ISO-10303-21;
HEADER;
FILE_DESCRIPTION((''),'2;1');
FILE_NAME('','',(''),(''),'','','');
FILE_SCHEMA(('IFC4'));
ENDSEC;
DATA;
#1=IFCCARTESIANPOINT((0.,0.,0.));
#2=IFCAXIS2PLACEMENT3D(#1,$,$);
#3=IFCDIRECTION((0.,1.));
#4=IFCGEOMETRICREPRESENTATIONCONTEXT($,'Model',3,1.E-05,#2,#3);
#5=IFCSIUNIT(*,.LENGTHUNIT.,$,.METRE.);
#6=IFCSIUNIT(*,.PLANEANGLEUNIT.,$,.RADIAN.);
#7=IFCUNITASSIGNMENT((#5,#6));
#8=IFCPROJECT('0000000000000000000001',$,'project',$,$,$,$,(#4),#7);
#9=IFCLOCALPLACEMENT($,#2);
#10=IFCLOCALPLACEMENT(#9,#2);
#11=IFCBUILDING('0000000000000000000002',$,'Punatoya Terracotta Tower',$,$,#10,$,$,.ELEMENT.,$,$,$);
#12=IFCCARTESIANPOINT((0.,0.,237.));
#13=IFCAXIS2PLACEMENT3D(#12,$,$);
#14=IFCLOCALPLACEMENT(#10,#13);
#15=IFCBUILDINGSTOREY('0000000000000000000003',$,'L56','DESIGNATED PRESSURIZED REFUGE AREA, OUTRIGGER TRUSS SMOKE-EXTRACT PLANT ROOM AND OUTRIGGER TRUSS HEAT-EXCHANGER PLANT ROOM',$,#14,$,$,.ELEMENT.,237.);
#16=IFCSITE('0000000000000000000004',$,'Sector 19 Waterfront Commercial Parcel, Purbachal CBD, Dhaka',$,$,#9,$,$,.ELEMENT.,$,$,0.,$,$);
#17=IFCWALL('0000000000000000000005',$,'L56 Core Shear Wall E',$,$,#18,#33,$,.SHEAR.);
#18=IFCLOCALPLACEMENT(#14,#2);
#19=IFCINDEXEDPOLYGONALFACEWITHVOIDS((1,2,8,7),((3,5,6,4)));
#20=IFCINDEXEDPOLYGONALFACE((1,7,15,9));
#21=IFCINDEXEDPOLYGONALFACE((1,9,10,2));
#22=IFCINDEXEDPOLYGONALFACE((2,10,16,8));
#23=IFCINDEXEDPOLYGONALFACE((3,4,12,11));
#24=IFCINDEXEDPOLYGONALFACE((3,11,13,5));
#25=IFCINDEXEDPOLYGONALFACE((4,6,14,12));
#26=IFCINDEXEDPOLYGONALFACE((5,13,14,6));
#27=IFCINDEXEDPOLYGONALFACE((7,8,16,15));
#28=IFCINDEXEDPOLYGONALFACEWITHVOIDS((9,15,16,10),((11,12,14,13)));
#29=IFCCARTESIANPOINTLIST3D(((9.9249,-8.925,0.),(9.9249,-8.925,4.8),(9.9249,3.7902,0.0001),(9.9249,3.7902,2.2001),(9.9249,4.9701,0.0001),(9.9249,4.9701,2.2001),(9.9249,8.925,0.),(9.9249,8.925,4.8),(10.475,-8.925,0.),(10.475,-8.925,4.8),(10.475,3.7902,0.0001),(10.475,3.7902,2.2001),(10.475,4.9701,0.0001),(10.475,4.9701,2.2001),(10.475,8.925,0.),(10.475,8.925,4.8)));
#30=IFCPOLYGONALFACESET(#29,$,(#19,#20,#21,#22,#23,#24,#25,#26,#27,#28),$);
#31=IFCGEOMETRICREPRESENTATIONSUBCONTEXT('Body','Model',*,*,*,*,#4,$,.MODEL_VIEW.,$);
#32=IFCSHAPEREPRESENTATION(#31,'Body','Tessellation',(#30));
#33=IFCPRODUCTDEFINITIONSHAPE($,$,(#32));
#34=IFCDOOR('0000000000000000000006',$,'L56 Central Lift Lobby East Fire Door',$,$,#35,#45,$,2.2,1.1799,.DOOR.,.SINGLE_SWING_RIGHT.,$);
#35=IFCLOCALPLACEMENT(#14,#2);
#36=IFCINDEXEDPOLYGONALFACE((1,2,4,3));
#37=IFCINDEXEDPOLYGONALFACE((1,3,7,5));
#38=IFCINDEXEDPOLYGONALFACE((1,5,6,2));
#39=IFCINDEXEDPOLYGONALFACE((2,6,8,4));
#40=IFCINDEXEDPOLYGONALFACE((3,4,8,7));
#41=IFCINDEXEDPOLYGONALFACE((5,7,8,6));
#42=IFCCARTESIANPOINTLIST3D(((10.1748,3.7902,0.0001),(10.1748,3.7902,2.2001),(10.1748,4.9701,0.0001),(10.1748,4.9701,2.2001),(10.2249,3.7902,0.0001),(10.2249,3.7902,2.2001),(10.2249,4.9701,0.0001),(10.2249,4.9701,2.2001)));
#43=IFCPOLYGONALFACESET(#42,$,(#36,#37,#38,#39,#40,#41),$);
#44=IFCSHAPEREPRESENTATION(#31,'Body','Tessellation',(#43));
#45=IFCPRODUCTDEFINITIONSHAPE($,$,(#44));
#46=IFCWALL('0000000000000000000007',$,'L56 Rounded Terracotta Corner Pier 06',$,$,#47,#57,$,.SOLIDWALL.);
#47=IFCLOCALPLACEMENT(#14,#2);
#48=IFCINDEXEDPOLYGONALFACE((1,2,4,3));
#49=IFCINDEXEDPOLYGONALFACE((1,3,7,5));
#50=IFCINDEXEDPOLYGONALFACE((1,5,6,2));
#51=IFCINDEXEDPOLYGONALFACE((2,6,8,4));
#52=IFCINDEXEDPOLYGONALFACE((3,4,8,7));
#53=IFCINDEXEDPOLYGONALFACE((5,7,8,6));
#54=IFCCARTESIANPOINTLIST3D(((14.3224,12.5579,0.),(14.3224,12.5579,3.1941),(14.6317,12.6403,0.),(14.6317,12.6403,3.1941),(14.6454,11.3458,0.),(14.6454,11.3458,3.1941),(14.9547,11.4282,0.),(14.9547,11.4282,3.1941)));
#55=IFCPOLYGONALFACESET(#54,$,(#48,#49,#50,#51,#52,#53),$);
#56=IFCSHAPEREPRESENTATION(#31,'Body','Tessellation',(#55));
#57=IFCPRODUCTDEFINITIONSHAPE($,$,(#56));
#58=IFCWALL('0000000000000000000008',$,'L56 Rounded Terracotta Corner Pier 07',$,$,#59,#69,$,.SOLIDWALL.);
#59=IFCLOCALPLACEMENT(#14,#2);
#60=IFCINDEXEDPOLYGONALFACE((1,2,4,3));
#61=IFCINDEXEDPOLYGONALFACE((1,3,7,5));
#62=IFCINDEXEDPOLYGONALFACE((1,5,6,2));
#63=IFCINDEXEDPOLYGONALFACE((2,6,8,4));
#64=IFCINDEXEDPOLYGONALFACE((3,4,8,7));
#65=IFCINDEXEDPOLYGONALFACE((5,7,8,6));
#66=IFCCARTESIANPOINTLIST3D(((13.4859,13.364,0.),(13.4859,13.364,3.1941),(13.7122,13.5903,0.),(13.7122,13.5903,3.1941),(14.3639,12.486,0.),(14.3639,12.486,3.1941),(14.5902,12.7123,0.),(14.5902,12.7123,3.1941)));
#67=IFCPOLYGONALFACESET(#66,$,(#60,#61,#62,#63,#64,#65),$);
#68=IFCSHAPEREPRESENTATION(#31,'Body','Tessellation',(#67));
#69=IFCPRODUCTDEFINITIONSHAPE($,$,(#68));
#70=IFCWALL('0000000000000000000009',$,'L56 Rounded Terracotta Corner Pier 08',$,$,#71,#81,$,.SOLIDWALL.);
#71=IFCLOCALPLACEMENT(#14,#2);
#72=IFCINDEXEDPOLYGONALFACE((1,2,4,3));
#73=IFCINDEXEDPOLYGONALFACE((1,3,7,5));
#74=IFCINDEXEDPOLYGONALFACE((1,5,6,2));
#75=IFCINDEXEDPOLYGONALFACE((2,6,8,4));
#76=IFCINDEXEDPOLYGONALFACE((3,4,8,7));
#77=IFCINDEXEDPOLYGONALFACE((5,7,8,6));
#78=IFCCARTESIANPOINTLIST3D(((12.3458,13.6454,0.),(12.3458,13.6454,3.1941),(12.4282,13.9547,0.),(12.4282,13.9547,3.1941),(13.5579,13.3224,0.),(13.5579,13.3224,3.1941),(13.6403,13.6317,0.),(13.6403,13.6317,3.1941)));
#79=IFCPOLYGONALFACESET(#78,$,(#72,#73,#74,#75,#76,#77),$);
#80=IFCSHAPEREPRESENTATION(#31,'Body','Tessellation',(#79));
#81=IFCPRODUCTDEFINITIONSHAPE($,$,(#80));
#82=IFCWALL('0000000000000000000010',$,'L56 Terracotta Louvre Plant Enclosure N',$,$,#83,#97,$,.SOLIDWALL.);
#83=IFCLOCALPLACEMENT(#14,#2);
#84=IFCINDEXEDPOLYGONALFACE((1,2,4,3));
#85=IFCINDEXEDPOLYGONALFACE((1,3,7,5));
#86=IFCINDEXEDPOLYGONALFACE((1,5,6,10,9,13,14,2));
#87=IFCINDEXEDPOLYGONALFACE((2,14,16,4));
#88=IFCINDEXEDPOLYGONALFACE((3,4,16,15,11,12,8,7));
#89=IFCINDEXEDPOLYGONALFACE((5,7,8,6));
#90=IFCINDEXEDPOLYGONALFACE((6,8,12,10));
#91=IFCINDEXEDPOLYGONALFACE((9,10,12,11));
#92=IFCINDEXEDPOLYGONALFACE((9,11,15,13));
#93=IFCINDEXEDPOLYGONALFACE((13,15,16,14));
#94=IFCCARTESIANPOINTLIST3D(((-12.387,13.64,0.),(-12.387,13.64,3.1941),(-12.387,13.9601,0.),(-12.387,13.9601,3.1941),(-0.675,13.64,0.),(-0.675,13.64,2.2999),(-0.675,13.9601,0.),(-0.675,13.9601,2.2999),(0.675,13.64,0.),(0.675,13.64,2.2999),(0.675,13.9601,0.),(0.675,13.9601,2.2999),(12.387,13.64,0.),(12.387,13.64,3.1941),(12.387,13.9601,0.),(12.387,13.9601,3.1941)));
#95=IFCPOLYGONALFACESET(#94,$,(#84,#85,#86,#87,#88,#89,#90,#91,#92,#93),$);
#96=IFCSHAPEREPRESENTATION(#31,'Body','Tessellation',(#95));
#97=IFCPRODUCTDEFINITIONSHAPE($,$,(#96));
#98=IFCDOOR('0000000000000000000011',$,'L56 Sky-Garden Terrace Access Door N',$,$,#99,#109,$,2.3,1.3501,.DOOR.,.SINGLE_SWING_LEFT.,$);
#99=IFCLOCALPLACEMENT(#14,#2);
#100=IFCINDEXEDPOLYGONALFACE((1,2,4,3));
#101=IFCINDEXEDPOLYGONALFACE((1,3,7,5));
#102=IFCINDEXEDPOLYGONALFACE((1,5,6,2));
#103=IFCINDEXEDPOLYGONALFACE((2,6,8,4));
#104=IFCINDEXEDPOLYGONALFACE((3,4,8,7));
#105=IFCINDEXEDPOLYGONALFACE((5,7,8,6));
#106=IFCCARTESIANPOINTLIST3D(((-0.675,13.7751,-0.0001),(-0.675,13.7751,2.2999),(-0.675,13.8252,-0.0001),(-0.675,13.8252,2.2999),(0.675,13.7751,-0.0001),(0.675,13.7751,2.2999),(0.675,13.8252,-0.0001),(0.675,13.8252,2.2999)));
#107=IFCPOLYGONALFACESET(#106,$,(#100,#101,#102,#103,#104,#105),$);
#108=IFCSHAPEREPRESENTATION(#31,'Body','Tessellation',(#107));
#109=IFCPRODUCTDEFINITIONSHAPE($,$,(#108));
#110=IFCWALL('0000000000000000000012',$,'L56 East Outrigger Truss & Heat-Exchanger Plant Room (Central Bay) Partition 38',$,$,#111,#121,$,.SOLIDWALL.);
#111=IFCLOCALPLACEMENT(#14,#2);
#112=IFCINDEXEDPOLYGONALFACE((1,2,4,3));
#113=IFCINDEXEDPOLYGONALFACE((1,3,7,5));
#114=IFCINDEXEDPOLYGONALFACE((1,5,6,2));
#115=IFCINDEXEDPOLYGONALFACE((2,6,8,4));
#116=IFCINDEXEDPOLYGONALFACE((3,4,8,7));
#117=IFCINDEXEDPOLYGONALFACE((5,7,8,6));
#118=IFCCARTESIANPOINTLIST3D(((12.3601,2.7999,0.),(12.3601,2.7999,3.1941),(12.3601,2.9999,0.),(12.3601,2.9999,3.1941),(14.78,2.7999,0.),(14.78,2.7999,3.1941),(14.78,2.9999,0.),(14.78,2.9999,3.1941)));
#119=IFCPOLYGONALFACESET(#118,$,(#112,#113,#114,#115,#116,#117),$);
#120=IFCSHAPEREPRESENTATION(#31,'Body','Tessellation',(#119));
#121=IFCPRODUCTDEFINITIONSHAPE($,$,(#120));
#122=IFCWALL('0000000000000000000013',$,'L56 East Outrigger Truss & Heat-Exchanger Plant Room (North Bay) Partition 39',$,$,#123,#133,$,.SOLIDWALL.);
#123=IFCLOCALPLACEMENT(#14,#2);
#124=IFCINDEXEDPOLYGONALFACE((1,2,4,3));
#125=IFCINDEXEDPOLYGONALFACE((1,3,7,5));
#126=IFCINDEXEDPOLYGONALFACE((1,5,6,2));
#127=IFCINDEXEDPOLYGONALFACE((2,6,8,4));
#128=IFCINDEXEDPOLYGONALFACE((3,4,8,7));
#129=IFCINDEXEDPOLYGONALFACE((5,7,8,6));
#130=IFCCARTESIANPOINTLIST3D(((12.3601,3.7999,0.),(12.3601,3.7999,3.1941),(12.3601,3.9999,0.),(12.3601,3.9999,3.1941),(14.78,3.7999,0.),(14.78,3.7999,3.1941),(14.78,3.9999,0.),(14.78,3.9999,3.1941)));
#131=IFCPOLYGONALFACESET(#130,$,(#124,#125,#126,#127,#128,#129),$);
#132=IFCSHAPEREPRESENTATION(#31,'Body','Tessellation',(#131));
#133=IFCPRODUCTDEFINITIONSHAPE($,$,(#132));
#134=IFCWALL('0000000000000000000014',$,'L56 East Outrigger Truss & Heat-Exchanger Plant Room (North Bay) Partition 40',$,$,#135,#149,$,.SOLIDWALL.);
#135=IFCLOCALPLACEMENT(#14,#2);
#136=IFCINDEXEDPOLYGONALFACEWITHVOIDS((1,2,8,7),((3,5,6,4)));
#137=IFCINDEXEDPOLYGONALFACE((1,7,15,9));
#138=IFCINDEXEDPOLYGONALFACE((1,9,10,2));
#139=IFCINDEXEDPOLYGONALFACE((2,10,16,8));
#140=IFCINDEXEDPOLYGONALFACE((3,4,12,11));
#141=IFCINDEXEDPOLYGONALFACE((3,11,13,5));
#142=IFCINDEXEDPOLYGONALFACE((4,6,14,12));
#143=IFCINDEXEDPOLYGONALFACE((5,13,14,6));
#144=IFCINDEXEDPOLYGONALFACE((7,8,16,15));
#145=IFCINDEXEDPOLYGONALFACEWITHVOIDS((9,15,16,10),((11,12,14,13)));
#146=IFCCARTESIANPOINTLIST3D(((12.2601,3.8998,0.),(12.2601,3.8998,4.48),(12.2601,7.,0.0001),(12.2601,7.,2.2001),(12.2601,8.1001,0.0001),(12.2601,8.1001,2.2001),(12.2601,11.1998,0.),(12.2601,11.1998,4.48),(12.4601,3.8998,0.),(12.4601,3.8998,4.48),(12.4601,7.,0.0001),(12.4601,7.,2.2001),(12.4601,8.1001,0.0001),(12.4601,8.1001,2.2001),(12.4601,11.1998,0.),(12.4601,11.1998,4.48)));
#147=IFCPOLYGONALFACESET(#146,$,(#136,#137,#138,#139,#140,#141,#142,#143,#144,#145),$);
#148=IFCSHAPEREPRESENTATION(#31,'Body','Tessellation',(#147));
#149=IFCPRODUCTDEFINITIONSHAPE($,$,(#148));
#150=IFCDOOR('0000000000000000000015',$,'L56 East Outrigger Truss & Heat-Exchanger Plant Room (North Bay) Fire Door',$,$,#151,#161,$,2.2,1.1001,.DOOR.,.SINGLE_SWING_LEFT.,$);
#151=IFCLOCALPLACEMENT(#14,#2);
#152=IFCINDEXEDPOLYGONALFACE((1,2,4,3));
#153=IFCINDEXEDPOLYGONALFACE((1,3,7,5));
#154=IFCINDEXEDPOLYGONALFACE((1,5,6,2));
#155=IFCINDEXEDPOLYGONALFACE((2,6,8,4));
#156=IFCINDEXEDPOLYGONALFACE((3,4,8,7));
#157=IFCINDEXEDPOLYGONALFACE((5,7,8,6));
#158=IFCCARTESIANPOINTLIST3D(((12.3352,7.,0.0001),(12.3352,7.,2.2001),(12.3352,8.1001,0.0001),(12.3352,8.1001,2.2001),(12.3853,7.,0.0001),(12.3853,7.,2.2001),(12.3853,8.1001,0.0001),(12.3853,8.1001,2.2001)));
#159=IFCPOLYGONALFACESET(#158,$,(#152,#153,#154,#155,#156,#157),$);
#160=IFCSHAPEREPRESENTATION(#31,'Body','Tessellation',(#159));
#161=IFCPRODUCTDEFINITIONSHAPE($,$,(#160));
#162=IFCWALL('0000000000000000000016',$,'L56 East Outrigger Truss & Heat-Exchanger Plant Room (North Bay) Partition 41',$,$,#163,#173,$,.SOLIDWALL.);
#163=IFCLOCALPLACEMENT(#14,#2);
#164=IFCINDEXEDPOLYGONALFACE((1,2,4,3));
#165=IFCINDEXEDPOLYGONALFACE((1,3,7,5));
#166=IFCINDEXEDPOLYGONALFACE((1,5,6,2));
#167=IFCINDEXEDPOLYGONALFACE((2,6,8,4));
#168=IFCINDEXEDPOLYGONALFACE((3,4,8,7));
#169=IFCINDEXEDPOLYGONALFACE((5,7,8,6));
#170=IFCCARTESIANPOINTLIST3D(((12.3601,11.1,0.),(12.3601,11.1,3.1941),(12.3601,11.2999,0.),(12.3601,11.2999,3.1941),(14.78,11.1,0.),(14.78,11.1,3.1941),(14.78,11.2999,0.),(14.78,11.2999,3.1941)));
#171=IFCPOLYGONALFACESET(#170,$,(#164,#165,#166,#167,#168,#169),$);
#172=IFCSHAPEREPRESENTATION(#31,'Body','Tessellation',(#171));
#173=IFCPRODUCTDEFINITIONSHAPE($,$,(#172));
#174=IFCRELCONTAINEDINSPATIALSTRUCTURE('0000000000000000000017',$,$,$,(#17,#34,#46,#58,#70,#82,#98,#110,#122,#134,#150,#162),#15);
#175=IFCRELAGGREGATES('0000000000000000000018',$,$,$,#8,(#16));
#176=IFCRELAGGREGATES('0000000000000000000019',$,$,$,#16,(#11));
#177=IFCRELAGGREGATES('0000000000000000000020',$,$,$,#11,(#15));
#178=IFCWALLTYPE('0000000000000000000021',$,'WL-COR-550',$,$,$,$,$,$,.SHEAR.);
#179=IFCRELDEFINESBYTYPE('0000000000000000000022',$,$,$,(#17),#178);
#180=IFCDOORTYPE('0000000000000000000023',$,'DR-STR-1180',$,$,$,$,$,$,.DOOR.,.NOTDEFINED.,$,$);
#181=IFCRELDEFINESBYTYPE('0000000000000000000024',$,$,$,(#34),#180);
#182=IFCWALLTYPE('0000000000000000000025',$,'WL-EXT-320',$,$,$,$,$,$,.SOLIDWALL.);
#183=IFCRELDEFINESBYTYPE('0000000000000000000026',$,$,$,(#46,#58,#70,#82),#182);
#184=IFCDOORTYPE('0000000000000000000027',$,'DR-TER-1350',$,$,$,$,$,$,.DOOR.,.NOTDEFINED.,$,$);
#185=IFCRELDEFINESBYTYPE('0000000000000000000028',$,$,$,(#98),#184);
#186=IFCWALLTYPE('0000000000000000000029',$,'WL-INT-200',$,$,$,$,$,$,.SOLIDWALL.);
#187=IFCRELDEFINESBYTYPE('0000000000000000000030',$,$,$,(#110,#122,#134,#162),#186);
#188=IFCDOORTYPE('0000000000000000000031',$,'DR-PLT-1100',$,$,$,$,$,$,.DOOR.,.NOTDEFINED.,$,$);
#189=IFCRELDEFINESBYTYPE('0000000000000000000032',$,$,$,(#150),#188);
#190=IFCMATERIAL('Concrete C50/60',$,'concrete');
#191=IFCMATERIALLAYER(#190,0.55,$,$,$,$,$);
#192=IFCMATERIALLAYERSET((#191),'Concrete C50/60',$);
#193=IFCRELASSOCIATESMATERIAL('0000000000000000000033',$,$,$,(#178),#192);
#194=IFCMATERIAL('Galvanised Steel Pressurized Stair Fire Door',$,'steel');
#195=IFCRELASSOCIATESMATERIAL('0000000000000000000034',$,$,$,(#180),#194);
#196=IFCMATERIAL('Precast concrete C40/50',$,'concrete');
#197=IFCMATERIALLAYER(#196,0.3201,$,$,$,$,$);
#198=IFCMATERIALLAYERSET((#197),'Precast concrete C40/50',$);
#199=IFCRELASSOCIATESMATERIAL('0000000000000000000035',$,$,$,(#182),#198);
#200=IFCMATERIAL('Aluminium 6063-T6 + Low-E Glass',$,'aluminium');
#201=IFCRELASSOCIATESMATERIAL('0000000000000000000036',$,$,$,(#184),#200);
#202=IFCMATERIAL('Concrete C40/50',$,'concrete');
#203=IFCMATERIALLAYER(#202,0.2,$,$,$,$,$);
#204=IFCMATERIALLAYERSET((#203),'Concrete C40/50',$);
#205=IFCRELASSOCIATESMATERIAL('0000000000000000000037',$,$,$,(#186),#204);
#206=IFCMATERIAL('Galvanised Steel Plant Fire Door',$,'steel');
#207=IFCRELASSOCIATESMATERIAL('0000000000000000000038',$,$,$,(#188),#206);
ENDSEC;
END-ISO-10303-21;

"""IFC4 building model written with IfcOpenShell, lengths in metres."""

from ifc_helpers import new_model, si_unit, direction, frame, frame_2d, origin, place, context, subcontext, project, spatial, rectangle, extrude, material, layer, layer_set, type_object, element, fill, save


model = new_model("IFC4")

# Units and contexts
model_context = context("Model", 3, precision=1e-05, world=origin(), true_north=direction((0.0, 1.0)))
body_context = subcontext(model_context, "Body", "Model", "MODEL_VIEW")
ifc_project = project(units=[si_unit("LENGTHUNIT", "METRE"), si_unit("PLANEANGLEUNIT", "RADIAN")], contexts=[model_context])

# Site, building, storey
site_placement = place(None, origin())
site = spatial("IfcSite", under=ifc_project, at=site_placement, Name="Sector 19 Waterfront Commercial Parcel, Purbachal CBD, Dhaka", CompositionType="ELEMENT", RefElevation=0.0)
building_placement = place(site_placement, origin())
building = spatial("IfcBuilding", under=site, at=building_placement, Name="Punatoya Terracotta Tower", CompositionType="ELEMENT")
storey_placement = place(building_placement, frame((0.0, 0.0, 237.0)))
storey = spatial("IfcBuildingStorey", under=building, at=storey_placement, Name="L56", Description="DESIGNATED PRESSURIZED REFUGE AREA, OUTRIGGER TRUSS SMOKE-EXTRACT PLANT ROOM AND OUTRIGGER TRUSS HEAT-EXCHANGER PLANT ROOM", CompositionType="ELEMENT", Elevation=237.0)

# Wall, opening, door
ifc_material_1 = material(Name="Concrete C50/60", Category="concrete")
ifc_layer_1 = layer(ifc_material_1, 0.55)
ifc_layer_set_1 = layer_set([ifc_layer_1], Name="Concrete C50/60")
wall_type_1 = type_object("IfcWallType", Name="WL-COR-550", PredefinedType="SHEAR", material=ifc_layer_set_1)
wall_1_placement = place(storey_placement, frame((10.2, 8.925, 0.0), z_axis=(0.0, 0.0, 1.0), x_axis=(0.0, -1.0, 0.0)))
wall_1 = element("IfcWall", 1, at=wall_1_placement, inside=storey, type_object=wall_type_1, Name="L56 Core Shear Wall E", PredefinedType="SHEAR", context=body_context, shape_type="SweptSolid", body=[
    extrude(rectangle(XDim=17.8501, YDim=0.55, at=frame_2d((8.925, 0.0))), origin(), (0.0, 0.0, 1.0), 4.8),
])
opening_1_placement = place(wall_1_placement, frame((3.9551, 0.0, 0.0)))
opening_1 = element("IfcOpeningElement", 2, at=opening_1_placement, cuts=wall_1, PredefinedType="OPENING", context=body_context, shape_type="SweptSolid", body=[
    extrude(rectangle(XDim=1.1799, YDim=2.2, at=frame_2d((0.5898, 1.1001))), frame((0.0, 0.2849, 0.0), z_axis=(0.0, -1.0, 0.0), x_axis=(1.0, 0.0, 0.0)), (0.0, 0.0, 1.0), 0.5701),
])
ifc_material_2 = material(Name="Galvanised Steel Pressurized Stair Fire Door", Category="steel")
door_type_1 = type_object("IfcDoorType", Name="DR-STR-1180", OperationType="NOTDEFINED", PredefinedType="DOOR", material=ifc_material_2)
door_1_placement = place(opening_1_placement, origin())
door_1 = element("IfcDoor", 3, at=door_1_placement, inside=storey, type_object=door_type_1, Name="L56 Central Lift Lobby East Fire Door", OperationType="SINGLE_SWING_RIGHT", OverallHeight=2.2, OverallWidth=1.1799, PredefinedType="DOOR", context=body_context, shape_type="SweptSolid", body=[
    extrude(rectangle(XDim=1.1799, YDim=2.2, at=frame_2d((0.5898, 1.1001))), frame((0.0, 0.0249, 0.0), z_axis=(0.0, -1.0, 0.0), x_axis=(1.0, 0.0, 0.0)), (0.0, 0.0, 1.0), 0.05),
])
fill(opening_1, door_1)

# Walls
ifc_material_3 = material(Name="Precast concrete C40/50", Category="concrete")
ifc_layer_2 = layer(ifc_material_3, 0.3201)
ifc_layer_set_2 = layer_set([ifc_layer_2], Name="Precast concrete C40/50")
wall_type_2 = type_object("IfcWallType", Name="WL-EXT-320", PredefinedType="SOLIDWALL", material=ifc_layer_set_2)
wall_2_placement = place(storey_placement, frame((14.8, 11.387, 0.0), z_axis=(0.0, 0.0, 1.0), x_axis=(-0.257481, 0.966283, 0.0)))
element("IfcWall", 4, at=wall_2_placement, inside=storey, type_object=wall_type_2, Name="L56 Rounded Terracotta Corner Pier 06", PredefinedType="SOLIDWALL", context=body_context, shape_type="SweptSolid", body=[
    extrude(rectangle(XDim=1.2544, YDim=0.3201, at=frame_2d((0.6272, 0.0))), origin(), (0.0, 0.0, 1.0), 3.1941),
])
wall_3_placement = place(storey_placement, frame((14.4771, 12.5991, 0.0), z_axis=(0.0, 0.0, 1.0), x_axis=(-0.707107, 0.707107, 0.0)))
element("IfcWall", 5, at=wall_3_placement, inside=storey, type_object=wall_type_2, Name="L56 Rounded Terracotta Corner Pier 07", PredefinedType="SOLIDWALL", context=body_context, shape_type="SweptSolid", body=[
    extrude(rectangle(XDim=1.2417, YDim=0.3201, at=frame_2d((0.6208, 0.0))), origin(), (0.0, 0.0, 1.0), 3.1941),
])
wall_4_placement = place(storey_placement, frame((13.5991, 13.4771, 0.0), z_axis=(0.0, 0.0, 1.0), x_axis=(-0.966283, 0.257481, 0.0)))
element("IfcWall", 6, at=wall_4_placement, inside=storey, type_object=wall_type_2, Name="L56 Rounded Terracotta Corner Pier 08", PredefinedType="SOLIDWALL", context=body_context, shape_type="SweptSolid", body=[
    extrude(rectangle(XDim=1.2544, YDim=0.3201, at=frame_2d((0.6272, 0.0))), origin(), (0.0, 0.0, 1.0), 3.1941),
])

# Wall, opening, door
wall_5_placement = place(storey_placement, frame((12.387, 13.8, 0.0), z_axis=(0.0, 0.0, 1.0), x_axis=(-1.0, 0.0, 0.0)))
wall_5 = element("IfcWall", 7, at=wall_5_placement, inside=storey, type_object=wall_type_2, Name="L56 Terracotta Louvre Plant Enclosure N", PredefinedType="SOLIDWALL", context=body_context, shape_type="SweptSolid", body=[
    extrude(rectangle(XDim=24.7739, YDim=0.3201, at=frame_2d((12.387, 0.0))), origin(), (0.0, 0.0, 1.0), 3.1941),
])
opening_2_placement = place(wall_5_placement, frame((11.7119, 0.0, 0.0)))
opening_2 = element("IfcOpeningElement", 8, at=opening_2_placement, cuts=wall_5, PredefinedType="OPENING", context=body_context, shape_type="SweptSolid", body=[
    extrude(rectangle(XDim=1.3501, YDim=2.3, at=frame_2d((0.675, 1.1499))), frame((0.0, 0.1699, 0.0), z_axis=(0.0, -1.0, 0.0), x_axis=(1.0, 0.0, 0.0)), (0.0, 0.0, 1.0), 0.3401),
])
ifc_material_4 = material(Name="Aluminium 6063-T6 + Low-E Glass", Category="aluminium")
door_type_2 = type_object("IfcDoorType", Name="DR-TER-1350", OperationType="NOTDEFINED", PredefinedType="DOOR", material=ifc_material_4)
door_2_placement = place(opening_2_placement, origin())
door_2 = element("IfcDoor", 9, at=door_2_placement, inside=storey, type_object=door_type_2, Name="L56 Sky-Garden Terrace Access Door N", OperationType="SINGLE_SWING_LEFT", OverallHeight=2.3, OverallWidth=1.3501, PredefinedType="DOOR", context=body_context, shape_type="SweptSolid", body=[
    extrude(rectangle(XDim=1.3501, YDim=2.3, at=frame_2d((0.675, 1.1499))), frame((0.0, 0.0249, 0.0), z_axis=(0.0, -1.0, 0.0), x_axis=(1.0, 0.0, 0.0)), (0.0, 0.0, 1.0), 0.05),
])
fill(opening_2, door_2)

# Walls
ifc_material_5 = material(Name="Concrete C40/50", Category="concrete")
ifc_layer_3 = layer(ifc_material_5, 0.2)
ifc_layer_set_3 = layer_set([ifc_layer_3], Name="Concrete C40/50")
wall_type_3 = type_object("IfcWallType", Name="WL-INT-200", PredefinedType="SOLIDWALL", material=ifc_layer_set_3)
for number, where, z_axis, x_axis, name in (
    (10, (12.3601, 2.8999, 0.0), (0.0, 0.0, 1.0), (1.0, 0.0, 0.0), "L56 East Outrigger Truss & Heat-Exchanger Plant Room (Central Bay) Partition 38"),
    (11, (14.78, 3.8999, 0.0), (0.0, 0.0, 1.0), (-1.0, 0.0, 0.0), "L56 East Outrigger Truss & Heat-Exchanger Plant Room (North Bay) Partition 39"),
):
    element("IfcWall", number, at=place(storey_placement, frame(where, z_axis=z_axis, x_axis=x_axis)), inside=storey, type_object=wall_type_3, Name=name, PredefinedType="SOLIDWALL", context=body_context, shape_type="SweptSolid", body=[
        extrude(rectangle(XDim=2.4199, YDim=0.2, at=frame_2d((1.21, 0.0))), origin(), (0.0, 0.0, 1.0), 3.1941),
    ])

# Wall, opening, door
wall_6_placement = place(storey_placement, frame((12.3601, 3.8999, 0.0), z_axis=(0.0, 0.0, 1.0), x_axis=(0.0, 1.0, 0.0)))
wall_6 = element("IfcWall", 12, at=wall_6_placement, inside=storey, type_object=wall_type_3, Name="L56 East Outrigger Truss & Heat-Exchanger Plant Room (North Bay) Partition 40", PredefinedType="SOLIDWALL", context=body_context, shape_type="SweptSolid", body=[
    extrude(rectangle(XDim=7.3, YDim=0.2, at=frame_2d((3.6499, 0.0))), origin(), (0.0, 0.0, 1.0), 4.48),
])
opening_3_placement = place(wall_6_placement, frame((3.1001, 0.0, 0.0)))
opening_3 = element("IfcOpeningElement", 13, at=opening_3_placement, cuts=wall_6, PredefinedType="OPENING", context=body_context, shape_type="SweptSolid", body=[
    extrude(rectangle(XDim=1.1001, YDim=2.2, at=frame_2d((0.55, 1.1001))), frame((0.0, 0.1099, 0.0), z_axis=(0.0, -1.0, 0.0), x_axis=(1.0, 0.0, 0.0)), (0.0, 0.0, 1.0), 0.22),
])
ifc_material_6 = material(Name="Galvanised Steel Plant Fire Door", Category="steel")
door_type_3 = type_object("IfcDoorType", Name="DR-PLT-1100", OperationType="NOTDEFINED", PredefinedType="DOOR", material=ifc_material_6)
door_3_placement = place(opening_3_placement, origin())
door_3 = element("IfcDoor", 14, at=door_3_placement, inside=storey, type_object=door_type_3, Name="L56 East Outrigger Truss & Heat-Exchanger Plant Room (North Bay) Fire Door", OperationType="SINGLE_SWING_LEFT", OverallHeight=2.2, OverallWidth=1.1001, PredefinedType="DOOR", context=body_context, shape_type="SweptSolid", body=[
    extrude(rectangle(XDim=1.1001, YDim=2.2, at=frame_2d((0.55, 1.1001))), frame((0.0, 0.0249, 0.0), z_axis=(0.0, -1.0, 0.0), x_axis=(1.0, 0.0, 0.0)), (0.0, 0.0, 1.0), 0.05),
])
fill(opening_3, door_3)

# Wall
wall_7_placement = place(storey_placement, frame((12.3601, 11.2, 0.0), z_axis=(0.0, 0.0, 1.0), x_axis=(1.0, 0.0, 0.0)))
element("IfcWall", 15, at=wall_7_placement, inside=storey, type_object=wall_type_3, Name="L56 East Outrigger Truss & Heat-Exchanger Plant Room (North Bay) Partition 41", PredefinedType="SOLIDWALL", context=body_context, shape_type="SweptSolid", body=[
    extrude(rectangle(XDim=2.4199, YDim=0.2, at=frame_2d((1.21, 0.0))), origin(), (0.0, 0.0, 1.0), 3.1941),
])

save(model, "model.ifc")
